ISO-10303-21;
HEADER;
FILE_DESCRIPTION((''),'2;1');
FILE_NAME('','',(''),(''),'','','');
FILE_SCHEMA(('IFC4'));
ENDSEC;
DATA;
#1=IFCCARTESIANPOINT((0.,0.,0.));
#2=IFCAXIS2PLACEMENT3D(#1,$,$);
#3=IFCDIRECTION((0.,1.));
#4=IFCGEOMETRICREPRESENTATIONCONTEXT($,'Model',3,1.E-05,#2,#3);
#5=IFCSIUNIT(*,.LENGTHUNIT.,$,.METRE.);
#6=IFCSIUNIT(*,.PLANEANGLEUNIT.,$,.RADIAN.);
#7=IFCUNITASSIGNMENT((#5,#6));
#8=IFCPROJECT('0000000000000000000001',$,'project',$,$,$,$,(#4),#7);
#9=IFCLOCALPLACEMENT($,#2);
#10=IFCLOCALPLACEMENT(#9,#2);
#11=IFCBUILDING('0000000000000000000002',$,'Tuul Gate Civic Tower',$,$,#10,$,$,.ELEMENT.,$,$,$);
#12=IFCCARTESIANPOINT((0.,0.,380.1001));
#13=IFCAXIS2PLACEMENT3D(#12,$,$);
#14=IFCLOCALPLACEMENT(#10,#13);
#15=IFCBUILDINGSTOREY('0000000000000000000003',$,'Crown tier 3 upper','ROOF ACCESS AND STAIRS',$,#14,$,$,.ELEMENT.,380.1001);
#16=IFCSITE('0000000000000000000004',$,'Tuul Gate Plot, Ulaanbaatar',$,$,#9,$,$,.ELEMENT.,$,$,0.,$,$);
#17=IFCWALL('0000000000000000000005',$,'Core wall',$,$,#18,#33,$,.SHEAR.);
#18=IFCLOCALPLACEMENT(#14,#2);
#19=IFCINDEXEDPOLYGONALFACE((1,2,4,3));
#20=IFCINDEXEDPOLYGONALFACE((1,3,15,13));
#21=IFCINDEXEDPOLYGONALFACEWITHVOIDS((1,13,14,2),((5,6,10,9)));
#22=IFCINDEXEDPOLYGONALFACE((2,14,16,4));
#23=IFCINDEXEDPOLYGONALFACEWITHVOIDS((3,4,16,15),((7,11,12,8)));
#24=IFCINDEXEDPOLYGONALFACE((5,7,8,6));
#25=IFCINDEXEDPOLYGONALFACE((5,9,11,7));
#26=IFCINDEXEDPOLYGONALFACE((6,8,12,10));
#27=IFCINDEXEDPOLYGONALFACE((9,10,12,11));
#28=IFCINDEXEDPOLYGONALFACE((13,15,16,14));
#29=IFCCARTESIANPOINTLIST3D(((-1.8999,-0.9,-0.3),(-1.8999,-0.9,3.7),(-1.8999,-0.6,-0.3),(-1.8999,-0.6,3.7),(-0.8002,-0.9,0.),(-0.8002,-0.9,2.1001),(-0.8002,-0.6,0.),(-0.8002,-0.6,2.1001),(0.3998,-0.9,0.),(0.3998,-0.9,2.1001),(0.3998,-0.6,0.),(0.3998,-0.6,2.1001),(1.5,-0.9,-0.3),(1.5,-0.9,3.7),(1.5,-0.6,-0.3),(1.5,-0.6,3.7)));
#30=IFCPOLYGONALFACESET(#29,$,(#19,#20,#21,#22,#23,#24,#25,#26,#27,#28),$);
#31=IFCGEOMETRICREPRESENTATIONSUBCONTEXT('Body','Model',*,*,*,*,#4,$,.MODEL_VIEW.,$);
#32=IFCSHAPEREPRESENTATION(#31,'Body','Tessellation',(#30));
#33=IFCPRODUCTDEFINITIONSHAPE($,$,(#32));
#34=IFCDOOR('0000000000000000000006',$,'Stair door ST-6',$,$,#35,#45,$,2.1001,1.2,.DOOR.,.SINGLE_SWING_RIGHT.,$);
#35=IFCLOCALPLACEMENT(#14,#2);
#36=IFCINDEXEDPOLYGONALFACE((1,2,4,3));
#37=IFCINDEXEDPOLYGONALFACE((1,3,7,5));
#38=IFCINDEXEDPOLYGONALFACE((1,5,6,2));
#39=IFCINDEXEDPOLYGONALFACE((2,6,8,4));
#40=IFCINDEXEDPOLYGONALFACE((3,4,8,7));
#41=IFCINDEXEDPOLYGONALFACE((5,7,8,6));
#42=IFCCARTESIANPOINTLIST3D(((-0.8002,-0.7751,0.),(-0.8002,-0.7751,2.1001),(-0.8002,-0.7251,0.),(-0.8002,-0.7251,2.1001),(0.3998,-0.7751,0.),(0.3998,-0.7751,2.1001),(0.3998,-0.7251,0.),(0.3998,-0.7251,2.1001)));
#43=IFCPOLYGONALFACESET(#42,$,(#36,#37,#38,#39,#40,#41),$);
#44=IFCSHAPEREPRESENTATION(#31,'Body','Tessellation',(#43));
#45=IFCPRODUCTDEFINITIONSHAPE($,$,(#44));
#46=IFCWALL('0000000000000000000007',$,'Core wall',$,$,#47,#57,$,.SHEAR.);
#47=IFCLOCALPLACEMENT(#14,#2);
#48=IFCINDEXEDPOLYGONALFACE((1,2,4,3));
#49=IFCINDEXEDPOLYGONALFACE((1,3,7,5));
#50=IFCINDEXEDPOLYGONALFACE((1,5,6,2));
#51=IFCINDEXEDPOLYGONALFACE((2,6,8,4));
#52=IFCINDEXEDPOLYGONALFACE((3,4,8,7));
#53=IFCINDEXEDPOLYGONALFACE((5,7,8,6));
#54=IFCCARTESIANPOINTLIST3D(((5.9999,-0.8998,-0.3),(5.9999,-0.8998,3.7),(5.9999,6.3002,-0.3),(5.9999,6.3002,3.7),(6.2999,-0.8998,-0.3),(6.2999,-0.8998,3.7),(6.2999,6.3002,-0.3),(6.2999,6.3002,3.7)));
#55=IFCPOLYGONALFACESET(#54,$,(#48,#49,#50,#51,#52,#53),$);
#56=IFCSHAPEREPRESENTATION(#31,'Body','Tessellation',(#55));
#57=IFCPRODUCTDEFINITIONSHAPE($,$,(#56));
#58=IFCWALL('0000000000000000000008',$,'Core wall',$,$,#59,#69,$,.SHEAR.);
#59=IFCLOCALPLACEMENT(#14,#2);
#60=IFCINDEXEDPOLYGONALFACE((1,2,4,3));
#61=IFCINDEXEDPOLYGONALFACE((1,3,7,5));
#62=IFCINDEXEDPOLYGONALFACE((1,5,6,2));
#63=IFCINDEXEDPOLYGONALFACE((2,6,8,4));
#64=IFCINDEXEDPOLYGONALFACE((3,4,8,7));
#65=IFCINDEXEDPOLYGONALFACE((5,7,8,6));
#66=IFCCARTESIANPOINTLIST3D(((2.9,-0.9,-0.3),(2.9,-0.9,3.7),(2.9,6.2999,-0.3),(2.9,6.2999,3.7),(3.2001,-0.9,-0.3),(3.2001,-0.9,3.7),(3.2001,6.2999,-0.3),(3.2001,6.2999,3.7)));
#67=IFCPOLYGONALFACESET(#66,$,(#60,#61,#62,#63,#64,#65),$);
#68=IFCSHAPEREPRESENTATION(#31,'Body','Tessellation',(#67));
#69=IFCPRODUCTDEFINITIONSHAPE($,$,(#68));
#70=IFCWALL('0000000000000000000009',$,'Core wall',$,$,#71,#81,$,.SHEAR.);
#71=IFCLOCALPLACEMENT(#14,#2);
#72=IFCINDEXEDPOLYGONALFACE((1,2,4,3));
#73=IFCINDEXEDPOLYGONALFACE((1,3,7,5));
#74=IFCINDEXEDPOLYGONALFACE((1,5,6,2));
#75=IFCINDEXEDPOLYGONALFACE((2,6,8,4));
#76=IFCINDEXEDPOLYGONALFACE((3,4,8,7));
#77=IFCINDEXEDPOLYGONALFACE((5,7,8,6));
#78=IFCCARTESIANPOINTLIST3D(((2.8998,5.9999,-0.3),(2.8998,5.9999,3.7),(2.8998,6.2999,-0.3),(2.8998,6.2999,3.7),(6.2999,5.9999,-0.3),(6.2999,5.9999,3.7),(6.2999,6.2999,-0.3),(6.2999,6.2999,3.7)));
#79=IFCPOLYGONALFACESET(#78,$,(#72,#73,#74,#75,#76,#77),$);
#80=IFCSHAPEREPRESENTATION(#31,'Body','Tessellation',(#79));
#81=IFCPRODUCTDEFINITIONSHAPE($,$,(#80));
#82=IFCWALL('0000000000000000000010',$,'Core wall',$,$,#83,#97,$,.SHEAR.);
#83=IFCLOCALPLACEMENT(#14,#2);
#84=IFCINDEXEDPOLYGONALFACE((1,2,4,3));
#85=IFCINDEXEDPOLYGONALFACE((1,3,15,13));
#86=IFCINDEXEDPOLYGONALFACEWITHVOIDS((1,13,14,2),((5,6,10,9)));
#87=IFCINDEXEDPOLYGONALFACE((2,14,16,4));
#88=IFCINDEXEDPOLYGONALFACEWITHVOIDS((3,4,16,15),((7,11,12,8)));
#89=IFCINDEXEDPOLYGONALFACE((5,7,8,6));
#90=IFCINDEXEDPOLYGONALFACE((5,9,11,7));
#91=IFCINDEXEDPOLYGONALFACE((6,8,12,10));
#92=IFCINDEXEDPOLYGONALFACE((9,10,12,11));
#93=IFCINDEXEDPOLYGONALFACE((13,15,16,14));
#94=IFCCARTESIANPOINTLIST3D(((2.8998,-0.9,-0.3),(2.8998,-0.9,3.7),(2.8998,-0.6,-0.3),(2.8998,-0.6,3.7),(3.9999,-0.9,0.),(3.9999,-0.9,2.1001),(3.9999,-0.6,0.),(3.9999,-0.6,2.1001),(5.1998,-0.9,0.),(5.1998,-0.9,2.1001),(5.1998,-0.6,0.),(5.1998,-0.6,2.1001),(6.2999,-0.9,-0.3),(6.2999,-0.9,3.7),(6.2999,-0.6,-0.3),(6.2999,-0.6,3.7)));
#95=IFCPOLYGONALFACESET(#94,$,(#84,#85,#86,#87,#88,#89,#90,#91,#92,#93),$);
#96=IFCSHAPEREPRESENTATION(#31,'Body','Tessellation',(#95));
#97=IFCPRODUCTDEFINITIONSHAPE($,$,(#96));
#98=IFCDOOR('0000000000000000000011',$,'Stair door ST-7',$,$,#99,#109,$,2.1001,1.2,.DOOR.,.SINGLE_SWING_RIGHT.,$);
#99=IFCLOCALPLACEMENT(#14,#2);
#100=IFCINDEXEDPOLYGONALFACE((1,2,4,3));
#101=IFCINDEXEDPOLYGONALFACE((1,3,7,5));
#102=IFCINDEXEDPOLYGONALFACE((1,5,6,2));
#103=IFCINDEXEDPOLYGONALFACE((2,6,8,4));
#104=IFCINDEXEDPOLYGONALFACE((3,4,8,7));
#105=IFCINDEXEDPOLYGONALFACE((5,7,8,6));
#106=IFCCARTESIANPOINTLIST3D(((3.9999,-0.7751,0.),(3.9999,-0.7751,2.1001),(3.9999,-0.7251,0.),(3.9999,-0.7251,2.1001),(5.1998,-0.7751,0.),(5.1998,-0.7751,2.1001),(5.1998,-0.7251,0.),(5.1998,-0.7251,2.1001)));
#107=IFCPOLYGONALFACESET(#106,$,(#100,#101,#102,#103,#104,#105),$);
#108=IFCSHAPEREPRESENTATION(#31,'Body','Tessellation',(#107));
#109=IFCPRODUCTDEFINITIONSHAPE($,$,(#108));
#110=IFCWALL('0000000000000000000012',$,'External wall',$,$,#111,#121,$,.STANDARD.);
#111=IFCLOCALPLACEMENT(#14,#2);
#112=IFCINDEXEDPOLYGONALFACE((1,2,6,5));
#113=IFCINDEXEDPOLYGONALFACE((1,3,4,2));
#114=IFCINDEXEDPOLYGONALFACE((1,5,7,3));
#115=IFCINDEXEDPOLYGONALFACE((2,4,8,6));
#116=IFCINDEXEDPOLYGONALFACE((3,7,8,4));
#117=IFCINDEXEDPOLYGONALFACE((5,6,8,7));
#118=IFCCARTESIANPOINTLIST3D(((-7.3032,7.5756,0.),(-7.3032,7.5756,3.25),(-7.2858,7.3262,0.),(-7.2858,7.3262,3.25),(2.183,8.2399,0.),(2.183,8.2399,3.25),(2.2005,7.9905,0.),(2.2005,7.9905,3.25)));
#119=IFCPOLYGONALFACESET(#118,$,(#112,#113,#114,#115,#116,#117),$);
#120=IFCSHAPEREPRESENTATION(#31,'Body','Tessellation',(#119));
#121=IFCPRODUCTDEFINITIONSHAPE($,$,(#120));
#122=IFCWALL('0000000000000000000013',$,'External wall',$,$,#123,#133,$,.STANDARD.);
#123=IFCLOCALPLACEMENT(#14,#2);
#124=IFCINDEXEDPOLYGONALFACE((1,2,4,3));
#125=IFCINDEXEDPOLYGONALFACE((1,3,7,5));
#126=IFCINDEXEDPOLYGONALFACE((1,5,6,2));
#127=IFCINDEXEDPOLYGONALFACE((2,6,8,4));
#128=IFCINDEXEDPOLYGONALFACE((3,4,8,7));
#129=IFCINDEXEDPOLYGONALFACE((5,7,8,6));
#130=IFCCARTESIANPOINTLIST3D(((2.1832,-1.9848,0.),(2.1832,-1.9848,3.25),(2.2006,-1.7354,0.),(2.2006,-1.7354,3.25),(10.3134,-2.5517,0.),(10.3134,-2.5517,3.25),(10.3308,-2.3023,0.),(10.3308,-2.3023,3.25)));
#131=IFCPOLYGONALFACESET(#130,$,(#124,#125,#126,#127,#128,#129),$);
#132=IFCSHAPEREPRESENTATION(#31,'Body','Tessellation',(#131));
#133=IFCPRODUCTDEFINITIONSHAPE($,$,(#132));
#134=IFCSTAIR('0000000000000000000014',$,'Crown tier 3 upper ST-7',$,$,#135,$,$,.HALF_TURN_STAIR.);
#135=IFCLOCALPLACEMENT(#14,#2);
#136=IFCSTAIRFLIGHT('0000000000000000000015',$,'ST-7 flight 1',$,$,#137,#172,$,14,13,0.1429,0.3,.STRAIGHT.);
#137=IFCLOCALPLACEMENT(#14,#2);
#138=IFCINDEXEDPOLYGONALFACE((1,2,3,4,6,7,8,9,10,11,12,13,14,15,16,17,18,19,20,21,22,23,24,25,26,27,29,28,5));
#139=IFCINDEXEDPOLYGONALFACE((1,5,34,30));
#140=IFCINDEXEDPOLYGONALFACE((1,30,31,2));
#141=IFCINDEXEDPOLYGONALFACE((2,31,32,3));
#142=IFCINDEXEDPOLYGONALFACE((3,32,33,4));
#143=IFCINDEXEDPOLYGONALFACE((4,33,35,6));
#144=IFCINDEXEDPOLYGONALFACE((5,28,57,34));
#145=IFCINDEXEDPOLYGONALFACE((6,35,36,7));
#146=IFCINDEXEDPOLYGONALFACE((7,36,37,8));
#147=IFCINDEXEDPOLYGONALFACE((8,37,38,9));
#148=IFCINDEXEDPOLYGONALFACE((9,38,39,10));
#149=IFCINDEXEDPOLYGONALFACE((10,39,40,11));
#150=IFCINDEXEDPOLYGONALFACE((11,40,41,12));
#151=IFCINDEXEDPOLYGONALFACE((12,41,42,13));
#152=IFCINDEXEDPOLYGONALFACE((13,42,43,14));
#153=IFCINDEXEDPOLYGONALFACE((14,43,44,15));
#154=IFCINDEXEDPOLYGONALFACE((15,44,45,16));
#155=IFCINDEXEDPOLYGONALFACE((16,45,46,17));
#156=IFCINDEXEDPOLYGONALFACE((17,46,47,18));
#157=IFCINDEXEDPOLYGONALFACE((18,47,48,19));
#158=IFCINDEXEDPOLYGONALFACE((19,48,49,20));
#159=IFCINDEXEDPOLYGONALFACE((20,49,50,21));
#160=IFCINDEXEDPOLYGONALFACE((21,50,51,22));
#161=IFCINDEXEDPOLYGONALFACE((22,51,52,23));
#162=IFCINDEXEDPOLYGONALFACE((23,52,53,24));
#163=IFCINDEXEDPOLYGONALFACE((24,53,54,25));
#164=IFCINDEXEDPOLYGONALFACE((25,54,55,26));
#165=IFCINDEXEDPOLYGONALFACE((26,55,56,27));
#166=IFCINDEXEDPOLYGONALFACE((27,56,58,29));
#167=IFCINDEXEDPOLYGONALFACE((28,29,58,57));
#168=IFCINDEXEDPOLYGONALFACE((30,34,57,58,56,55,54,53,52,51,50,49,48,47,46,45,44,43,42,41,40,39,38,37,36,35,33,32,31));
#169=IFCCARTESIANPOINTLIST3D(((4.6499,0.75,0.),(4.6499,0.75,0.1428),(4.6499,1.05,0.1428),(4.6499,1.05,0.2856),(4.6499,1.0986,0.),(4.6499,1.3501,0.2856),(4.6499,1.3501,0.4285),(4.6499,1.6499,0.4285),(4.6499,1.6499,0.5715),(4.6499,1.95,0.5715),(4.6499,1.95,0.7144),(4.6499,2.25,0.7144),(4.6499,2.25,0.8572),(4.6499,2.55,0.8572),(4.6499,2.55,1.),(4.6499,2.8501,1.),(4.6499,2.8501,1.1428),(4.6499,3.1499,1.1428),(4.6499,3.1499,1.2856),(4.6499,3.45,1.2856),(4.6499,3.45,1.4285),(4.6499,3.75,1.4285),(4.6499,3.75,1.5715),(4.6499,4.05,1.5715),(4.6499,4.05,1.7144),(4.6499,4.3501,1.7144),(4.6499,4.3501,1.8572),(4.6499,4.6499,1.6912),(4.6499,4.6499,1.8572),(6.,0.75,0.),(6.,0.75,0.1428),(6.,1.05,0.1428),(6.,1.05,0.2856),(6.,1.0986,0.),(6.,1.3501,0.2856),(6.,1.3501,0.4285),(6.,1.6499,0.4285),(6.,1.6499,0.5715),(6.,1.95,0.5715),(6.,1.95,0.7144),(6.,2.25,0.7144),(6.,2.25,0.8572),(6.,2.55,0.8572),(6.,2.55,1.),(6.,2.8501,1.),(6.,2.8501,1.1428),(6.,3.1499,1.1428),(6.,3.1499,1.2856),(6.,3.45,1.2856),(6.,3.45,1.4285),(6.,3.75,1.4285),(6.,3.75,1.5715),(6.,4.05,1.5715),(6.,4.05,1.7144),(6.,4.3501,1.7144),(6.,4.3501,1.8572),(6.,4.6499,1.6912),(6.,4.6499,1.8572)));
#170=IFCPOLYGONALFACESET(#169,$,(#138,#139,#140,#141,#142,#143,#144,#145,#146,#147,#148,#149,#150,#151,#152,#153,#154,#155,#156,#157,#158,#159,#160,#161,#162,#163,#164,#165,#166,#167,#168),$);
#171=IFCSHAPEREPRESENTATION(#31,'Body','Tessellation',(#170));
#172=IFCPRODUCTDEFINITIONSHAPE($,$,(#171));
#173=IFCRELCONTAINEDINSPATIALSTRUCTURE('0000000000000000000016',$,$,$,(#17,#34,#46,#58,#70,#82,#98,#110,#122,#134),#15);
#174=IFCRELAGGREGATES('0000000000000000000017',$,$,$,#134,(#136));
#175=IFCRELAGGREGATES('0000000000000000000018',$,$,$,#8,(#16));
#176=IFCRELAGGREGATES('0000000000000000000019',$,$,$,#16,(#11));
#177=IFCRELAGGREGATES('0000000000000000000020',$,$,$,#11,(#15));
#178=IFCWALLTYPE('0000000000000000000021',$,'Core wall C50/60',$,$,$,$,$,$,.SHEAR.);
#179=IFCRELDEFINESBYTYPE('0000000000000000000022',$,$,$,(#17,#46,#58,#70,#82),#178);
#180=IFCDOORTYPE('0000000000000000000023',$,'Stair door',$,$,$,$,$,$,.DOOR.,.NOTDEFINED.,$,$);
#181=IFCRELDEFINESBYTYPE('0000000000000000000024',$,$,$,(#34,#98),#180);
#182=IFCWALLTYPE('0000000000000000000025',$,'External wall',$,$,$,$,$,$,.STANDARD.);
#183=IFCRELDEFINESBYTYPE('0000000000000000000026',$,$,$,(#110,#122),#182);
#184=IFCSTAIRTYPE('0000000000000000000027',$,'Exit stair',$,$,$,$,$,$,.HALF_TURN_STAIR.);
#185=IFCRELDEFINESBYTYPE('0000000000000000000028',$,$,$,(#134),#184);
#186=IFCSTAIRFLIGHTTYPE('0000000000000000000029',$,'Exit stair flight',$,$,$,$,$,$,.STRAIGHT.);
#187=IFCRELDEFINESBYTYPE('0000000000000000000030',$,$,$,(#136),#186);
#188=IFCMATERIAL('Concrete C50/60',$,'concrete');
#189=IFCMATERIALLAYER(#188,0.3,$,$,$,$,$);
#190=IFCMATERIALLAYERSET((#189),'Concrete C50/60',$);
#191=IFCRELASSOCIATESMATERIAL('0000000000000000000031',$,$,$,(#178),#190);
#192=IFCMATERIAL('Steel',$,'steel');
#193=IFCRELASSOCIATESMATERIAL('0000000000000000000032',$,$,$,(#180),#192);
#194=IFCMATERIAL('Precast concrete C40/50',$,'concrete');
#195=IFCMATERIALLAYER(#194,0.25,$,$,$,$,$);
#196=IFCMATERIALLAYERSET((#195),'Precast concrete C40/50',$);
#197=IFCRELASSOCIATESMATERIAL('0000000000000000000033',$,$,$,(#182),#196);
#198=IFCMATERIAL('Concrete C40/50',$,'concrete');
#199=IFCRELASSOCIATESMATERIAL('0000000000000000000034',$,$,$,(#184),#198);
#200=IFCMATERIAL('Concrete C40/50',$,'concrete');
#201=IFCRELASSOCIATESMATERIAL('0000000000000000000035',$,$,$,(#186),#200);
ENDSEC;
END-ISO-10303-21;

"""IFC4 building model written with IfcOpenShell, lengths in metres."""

from ifc_helpers import new_model, si_unit, direction, frame, frame_2d, origin, place, context, subcontext, project, spatial, polyline, rectangle, outline, extrude, material, layer, layer_set, type_object, element, fill, aggregate, save


model = new_model("IFC4")

# Units and contexts
model_context = context("Model", 3, precision=1e-05, world=origin(), true_north=direction((0.0, 1.0)))
body_context = subcontext(model_context, "Body", "Model", "MODEL_VIEW")
ifc_project = project(units=[si_unit("LENGTHUNIT", "METRE"), si_unit("PLANEANGLEUNIT", "RADIAN")], contexts=[model_context])

# Site, building, storey
site_placement = place(None, origin())
site = spatial("IfcSite", under=ifc_project, at=site_placement, Name="Tuul Gate Plot, Ulaanbaatar", CompositionType="ELEMENT", RefElevation=0.0)
building_placement = place(site_placement, origin())
building = spatial("IfcBuilding", under=site, at=building_placement, Name="Tuul Gate Civic Tower", CompositionType="ELEMENT")
storey_placement = place(building_placement, frame((0.0, 0.0, 380.1001)))
storey = spatial("IfcBuildingStorey", under=building, at=storey_placement, Name="Crown tier 3 upper", Description="ROOF ACCESS AND STAIRS", CompositionType="ELEMENT", Elevation=380.1001)

# Shared definitions
ifc_material_1 = material(Name="Concrete C50/60", Category="concrete")
ifc_layer_1 = layer(ifc_material_1, 0.3)
ifc_layer_set_1 = layer_set([ifc_layer_1], Name="Concrete C50/60")
wall_type_1 = type_object("IfcWallType", Name="Core wall C50/60", PredefinedType="SHEAR", material=ifc_layer_set_1)

# Wall, opening, door
wall_1_placement = place(storey_placement, frame((1.5, -0.75, -0.3), z_axis=(0.0, 0.0, 1.0), x_axis=(-1.0, 0.0, 0.0)))
wall_1 = element("IfcWall", 1, at=wall_1_placement, inside=storey, type_object=wall_type_1, Name="Core wall", PredefinedType="SHEAR", context=body_context, shape_type="SweptSolid", body=[
    extrude(rectangle(XDim=3.3999, YDim=0.3, at=frame_2d((1.7, 0.0))), origin(), (0.0, 0.0, 1.0), 4.0),
])
opening_1_placement = place(wall_1_placement, frame((1.1001, 0.0, 0.3)))
opening_1 = element("IfcOpeningElement", 2, at=opening_1_placement, cuts=wall_1, PredefinedType="OPENING", context=body_context, shape_type="SweptSolid", body=[
    extrude(rectangle(XDim=1.2, YDim=2.1001, at=frame_2d((0.6001, 1.05))), frame((0.0, 0.1602, 0.0), z_axis=(0.0, -1.0, 0.0), x_axis=(1.0, 0.0, 0.0)), (0.0, 0.0, 1.0), 0.3201),
])
ifc_material_2 = material(Name="Steel", Category="steel")
door_type = type_object("IfcDoorType", Name="Stair door", OperationType="NOTDEFINED", PredefinedType="DOOR", material=ifc_material_2)
door_1_placement = place(opening_1_placement, frame((1.2, 0.0, 0.0), z_axis=(0.0, 0.0, 1.0), x_axis=(-1.0, 0.0, 0.0)))
door_1 = element("IfcDoor", 3, at=door_1_placement, inside=storey, type_object=door_type, Name="Stair door ST-6", OperationType="SINGLE_SWING_RIGHT", OverallHeight=2.1001, OverallWidth=1.2, PredefinedType="DOOR", context=body_context, shape_type="SweptSolid", body=[
    extrude(rectangle(XDim=1.2, YDim=2.1001, at=frame_2d((0.5999, 1.05))), frame((0.0, 0.0249, 0.0), z_axis=(0.0, -1.0, 0.0), x_axis=(1.0, 0.0, 0.0)), (0.0, 0.0, 1.0), 0.05),
])
fill(opening_1, door_1)

# Walls
for number, where, z_axis, x_axis, name in (
    (4, (6.1499, -0.8999, -0.3), (0.0, 0.0, 1.0), (0.0, 1.0, 0.0), "Core wall"),
    (5, (3.05, 6.3, -0.3), (0.0, 0.0, 1.0), (0.0, -1.0, 0.0), "Core wall"),
):
    element("IfcWall", number, at=place(storey_placement, frame(where, z_axis=z_axis, x_axis=x_axis)), inside=storey, type_object=wall_type_1, Name=name, PredefinedType="SHEAR", context=body_context, shape_type="SweptSolid", body=[
        extrude(rectangle(XDim=7.2, YDim=0.3, at=frame_2d((3.6001, 0.0))), origin(), (0.0, 0.0, 1.0), 4.0),
    ])
wall_2_placement = place(storey_placement, frame((6.3, 6.1499, -0.3), z_axis=(0.0, 0.0, 1.0), x_axis=(-1.0, 0.0, 0.0)))
element("IfcWall", 6, at=wall_2_placement, inside=storey, type_object=wall_type_1, Name="Core wall", PredefinedType="SHEAR", context=body_context, shape_type="SweptSolid", body=[
    extrude(rectangle(XDim=3.4001, YDim=0.3, at=frame_2d((1.7002, 0.0))), origin(), (0.0, 0.0, 1.0), 4.0),
])

# Wall, opening, door
wall_3_placement = place(storey_placement, frame((6.3, -0.75, -0.3), z_axis=(0.0, 0.0, 1.0), x_axis=(-1.0, 0.0, 0.0)))
wall_3 = element("IfcWall", 7, at=wall_3_placement, inside=storey, type_object=wall_type_1, Name="Core wall", PredefinedType="SHEAR", context=body_context, shape_type="SweptSolid", body=[
    extrude(rectangle(XDim=3.4001, YDim=0.3, at=frame_2d((1.7002, 0.0))), origin(), (0.0, 0.0, 1.0), 4.0),
])
opening_2_placement = place(wall_3_placement, frame((1.1001, 0.0, 0.3)))
opening_2 = element("IfcOpeningElement", 8, at=opening_2_placement, cuts=wall_3, PredefinedType="OPENING", context=body_context, shape_type="SweptSolid", body=[
    extrude(rectangle(XDim=1.2, YDim=2.1001, at=frame_2d((0.6001, 1.05))), frame((0.0, 0.1602, 0.0), z_axis=(0.0, -1.0, 0.0), x_axis=(1.0, 0.0, 0.0)), (0.0, 0.0, 1.0), 0.3201),
])
door_2_placement = place(opening_2_placement, frame((1.2, 0.0, 0.0), z_axis=(0.0, 0.0, 1.0), x_axis=(-1.0, 0.0, 0.0)))
door_2 = element("IfcDoor", 9, at=door_2_placement, inside=storey, type_object=door_type, Name="Stair door ST-7", OperationType="SINGLE_SWING_RIGHT", OverallHeight=2.1001, OverallWidth=1.2, PredefinedType="DOOR", context=body_context, shape_type="SweptSolid", body=[
    extrude(rectangle(XDim=1.2, YDim=2.1001, at=frame_2d((0.5999, 1.05))), frame((0.0, 0.0249, 0.0), z_axis=(0.0, -1.0, 0.0), x_axis=(1.0, 0.0, 0.0)), (0.0, 0.0, 1.0), 0.05),
])
fill(opening_2, door_2)

# Walls
ifc_material_3 = material(Name="Precast concrete C40/50", Category="concrete")
ifc_layer_2 = layer(ifc_material_3, 0.25)
ifc_layer_set_2 = layer_set([ifc_layer_2], Name="Precast concrete C40/50")
wall_type_2 = type_object("IfcWallType", Name="External wall", PredefinedType="STANDARD", material=ifc_layer_set_2)
wall_4_placement = place(storey_placement, frame((2.1919, 8.1152, 0.0), z_axis=(0.0, 0.0, 1.0), x_axis=(-0.997557, -0.069857, 0.0)))
element("IfcWall", 10, at=wall_4_placement, inside=storey, type_object=wall_type_2, Name="External wall", PredefinedType="STANDARD", context=body_context, shape_type="SweptSolid", body=[
    extrude(rectangle(XDim=9.5095, YDim=0.25, at=frame_2d((4.7549, 0.0))), origin(), (0.0, 0.0, 1.0), 3.25),
])
wall_5_placement = place(storey_placement, frame((2.1919, -1.8601, 0.0), z_axis=(0.0, 0.0, 1.0), x_axis=(0.997578, -0.069559, 0.0)))
element("IfcWall", 11, at=wall_5_placement, inside=storey, type_object=wall_type_2, Name="External wall", PredefinedType="STANDARD", context=body_context, shape_type="SweptSolid", body=[
    extrude(rectangle(XDim=8.1499, YDim=0.25, at=frame_2d((4.075, 0.0))), origin(), (0.0, 0.0, 1.0), 3.25),
])

# Stair, stair flight
ifc_material_4 = material(Name="Concrete C40/50", Category="concrete")
stair_type = type_object("IfcStairType", Name="Exit stair", PredefinedType="HALF_TURN_STAIR", material=ifc_material_4)
stair_placement = place(storey_placement, origin())
stair = element("IfcStair", 12, at=stair_placement, inside=storey, type_object=stair_type, Name="Crown tier 3 upper ST-7", PredefinedType="HALF_TURN_STAIR")
ifc_material_5 = material(Name="Concrete C40/50", Category="concrete")
stair_flight_type = type_object("IfcStairFlightType", Name="Exit stair flight", PredefinedType="STRAIGHT", material=ifc_material_5)
stair_flight_1_placement = place(storey_placement, frame((5.325, 0.75, 0.0), z_axis=(0.0, 0.0, 1.0), x_axis=(0.0, 1.0, 0.0)))
stair_flight_1 = element("IfcStairFlight", 13, at=stair_flight_1_placement, type_object=stair_flight_type, Name="ST-7 flight 1", NumberOfRisers=14, NumberOfTreads=13, PredefinedType="STRAIGHT", RiserHeight=0.1429, TreadLength=0.3, context=body_context, shape_type="SweptSolid", body=[
    extrude(outline(polyline([(0.0, 0.0), (0.0, 0.1428), (0.3, 0.1428), (0.3, 0.2856), (0.6001, 0.2856), (0.6001, 0.4285), (0.8999, 0.4285), (0.8999, 0.5715), (1.2, 0.5715), (1.2, 0.7144), (1.5, 0.7144), (1.5, 0.8572), (1.8, 0.8572), (1.8, 1.0), (2.1001, 1.0), (2.1001, 1.1428), (2.3999, 1.1428), (2.3999, 1.2856), (2.7, 1.2856), (2.7, 1.4285), (3.0, 1.4285), (3.0, 1.5715), (3.3, 1.5715), (3.3, 1.7144), (3.6001, 1.7144), (3.6001, 1.8572), (3.8999, 1.8572), (3.8999, 2.0), (3.8999, 1.6912), (0.3486, 0.0), (0.0, 0.0)])), frame((0.0, 0.675, 0.0), z_axis=(0.0, -1.0, 0.0), x_axis=(1.0, 0.0, 0.0)), (0.0, 0.0, 1.0), 1.3501),
])
aggregate(stair, [stair_flight_1])

save(model, "model.ifc")
